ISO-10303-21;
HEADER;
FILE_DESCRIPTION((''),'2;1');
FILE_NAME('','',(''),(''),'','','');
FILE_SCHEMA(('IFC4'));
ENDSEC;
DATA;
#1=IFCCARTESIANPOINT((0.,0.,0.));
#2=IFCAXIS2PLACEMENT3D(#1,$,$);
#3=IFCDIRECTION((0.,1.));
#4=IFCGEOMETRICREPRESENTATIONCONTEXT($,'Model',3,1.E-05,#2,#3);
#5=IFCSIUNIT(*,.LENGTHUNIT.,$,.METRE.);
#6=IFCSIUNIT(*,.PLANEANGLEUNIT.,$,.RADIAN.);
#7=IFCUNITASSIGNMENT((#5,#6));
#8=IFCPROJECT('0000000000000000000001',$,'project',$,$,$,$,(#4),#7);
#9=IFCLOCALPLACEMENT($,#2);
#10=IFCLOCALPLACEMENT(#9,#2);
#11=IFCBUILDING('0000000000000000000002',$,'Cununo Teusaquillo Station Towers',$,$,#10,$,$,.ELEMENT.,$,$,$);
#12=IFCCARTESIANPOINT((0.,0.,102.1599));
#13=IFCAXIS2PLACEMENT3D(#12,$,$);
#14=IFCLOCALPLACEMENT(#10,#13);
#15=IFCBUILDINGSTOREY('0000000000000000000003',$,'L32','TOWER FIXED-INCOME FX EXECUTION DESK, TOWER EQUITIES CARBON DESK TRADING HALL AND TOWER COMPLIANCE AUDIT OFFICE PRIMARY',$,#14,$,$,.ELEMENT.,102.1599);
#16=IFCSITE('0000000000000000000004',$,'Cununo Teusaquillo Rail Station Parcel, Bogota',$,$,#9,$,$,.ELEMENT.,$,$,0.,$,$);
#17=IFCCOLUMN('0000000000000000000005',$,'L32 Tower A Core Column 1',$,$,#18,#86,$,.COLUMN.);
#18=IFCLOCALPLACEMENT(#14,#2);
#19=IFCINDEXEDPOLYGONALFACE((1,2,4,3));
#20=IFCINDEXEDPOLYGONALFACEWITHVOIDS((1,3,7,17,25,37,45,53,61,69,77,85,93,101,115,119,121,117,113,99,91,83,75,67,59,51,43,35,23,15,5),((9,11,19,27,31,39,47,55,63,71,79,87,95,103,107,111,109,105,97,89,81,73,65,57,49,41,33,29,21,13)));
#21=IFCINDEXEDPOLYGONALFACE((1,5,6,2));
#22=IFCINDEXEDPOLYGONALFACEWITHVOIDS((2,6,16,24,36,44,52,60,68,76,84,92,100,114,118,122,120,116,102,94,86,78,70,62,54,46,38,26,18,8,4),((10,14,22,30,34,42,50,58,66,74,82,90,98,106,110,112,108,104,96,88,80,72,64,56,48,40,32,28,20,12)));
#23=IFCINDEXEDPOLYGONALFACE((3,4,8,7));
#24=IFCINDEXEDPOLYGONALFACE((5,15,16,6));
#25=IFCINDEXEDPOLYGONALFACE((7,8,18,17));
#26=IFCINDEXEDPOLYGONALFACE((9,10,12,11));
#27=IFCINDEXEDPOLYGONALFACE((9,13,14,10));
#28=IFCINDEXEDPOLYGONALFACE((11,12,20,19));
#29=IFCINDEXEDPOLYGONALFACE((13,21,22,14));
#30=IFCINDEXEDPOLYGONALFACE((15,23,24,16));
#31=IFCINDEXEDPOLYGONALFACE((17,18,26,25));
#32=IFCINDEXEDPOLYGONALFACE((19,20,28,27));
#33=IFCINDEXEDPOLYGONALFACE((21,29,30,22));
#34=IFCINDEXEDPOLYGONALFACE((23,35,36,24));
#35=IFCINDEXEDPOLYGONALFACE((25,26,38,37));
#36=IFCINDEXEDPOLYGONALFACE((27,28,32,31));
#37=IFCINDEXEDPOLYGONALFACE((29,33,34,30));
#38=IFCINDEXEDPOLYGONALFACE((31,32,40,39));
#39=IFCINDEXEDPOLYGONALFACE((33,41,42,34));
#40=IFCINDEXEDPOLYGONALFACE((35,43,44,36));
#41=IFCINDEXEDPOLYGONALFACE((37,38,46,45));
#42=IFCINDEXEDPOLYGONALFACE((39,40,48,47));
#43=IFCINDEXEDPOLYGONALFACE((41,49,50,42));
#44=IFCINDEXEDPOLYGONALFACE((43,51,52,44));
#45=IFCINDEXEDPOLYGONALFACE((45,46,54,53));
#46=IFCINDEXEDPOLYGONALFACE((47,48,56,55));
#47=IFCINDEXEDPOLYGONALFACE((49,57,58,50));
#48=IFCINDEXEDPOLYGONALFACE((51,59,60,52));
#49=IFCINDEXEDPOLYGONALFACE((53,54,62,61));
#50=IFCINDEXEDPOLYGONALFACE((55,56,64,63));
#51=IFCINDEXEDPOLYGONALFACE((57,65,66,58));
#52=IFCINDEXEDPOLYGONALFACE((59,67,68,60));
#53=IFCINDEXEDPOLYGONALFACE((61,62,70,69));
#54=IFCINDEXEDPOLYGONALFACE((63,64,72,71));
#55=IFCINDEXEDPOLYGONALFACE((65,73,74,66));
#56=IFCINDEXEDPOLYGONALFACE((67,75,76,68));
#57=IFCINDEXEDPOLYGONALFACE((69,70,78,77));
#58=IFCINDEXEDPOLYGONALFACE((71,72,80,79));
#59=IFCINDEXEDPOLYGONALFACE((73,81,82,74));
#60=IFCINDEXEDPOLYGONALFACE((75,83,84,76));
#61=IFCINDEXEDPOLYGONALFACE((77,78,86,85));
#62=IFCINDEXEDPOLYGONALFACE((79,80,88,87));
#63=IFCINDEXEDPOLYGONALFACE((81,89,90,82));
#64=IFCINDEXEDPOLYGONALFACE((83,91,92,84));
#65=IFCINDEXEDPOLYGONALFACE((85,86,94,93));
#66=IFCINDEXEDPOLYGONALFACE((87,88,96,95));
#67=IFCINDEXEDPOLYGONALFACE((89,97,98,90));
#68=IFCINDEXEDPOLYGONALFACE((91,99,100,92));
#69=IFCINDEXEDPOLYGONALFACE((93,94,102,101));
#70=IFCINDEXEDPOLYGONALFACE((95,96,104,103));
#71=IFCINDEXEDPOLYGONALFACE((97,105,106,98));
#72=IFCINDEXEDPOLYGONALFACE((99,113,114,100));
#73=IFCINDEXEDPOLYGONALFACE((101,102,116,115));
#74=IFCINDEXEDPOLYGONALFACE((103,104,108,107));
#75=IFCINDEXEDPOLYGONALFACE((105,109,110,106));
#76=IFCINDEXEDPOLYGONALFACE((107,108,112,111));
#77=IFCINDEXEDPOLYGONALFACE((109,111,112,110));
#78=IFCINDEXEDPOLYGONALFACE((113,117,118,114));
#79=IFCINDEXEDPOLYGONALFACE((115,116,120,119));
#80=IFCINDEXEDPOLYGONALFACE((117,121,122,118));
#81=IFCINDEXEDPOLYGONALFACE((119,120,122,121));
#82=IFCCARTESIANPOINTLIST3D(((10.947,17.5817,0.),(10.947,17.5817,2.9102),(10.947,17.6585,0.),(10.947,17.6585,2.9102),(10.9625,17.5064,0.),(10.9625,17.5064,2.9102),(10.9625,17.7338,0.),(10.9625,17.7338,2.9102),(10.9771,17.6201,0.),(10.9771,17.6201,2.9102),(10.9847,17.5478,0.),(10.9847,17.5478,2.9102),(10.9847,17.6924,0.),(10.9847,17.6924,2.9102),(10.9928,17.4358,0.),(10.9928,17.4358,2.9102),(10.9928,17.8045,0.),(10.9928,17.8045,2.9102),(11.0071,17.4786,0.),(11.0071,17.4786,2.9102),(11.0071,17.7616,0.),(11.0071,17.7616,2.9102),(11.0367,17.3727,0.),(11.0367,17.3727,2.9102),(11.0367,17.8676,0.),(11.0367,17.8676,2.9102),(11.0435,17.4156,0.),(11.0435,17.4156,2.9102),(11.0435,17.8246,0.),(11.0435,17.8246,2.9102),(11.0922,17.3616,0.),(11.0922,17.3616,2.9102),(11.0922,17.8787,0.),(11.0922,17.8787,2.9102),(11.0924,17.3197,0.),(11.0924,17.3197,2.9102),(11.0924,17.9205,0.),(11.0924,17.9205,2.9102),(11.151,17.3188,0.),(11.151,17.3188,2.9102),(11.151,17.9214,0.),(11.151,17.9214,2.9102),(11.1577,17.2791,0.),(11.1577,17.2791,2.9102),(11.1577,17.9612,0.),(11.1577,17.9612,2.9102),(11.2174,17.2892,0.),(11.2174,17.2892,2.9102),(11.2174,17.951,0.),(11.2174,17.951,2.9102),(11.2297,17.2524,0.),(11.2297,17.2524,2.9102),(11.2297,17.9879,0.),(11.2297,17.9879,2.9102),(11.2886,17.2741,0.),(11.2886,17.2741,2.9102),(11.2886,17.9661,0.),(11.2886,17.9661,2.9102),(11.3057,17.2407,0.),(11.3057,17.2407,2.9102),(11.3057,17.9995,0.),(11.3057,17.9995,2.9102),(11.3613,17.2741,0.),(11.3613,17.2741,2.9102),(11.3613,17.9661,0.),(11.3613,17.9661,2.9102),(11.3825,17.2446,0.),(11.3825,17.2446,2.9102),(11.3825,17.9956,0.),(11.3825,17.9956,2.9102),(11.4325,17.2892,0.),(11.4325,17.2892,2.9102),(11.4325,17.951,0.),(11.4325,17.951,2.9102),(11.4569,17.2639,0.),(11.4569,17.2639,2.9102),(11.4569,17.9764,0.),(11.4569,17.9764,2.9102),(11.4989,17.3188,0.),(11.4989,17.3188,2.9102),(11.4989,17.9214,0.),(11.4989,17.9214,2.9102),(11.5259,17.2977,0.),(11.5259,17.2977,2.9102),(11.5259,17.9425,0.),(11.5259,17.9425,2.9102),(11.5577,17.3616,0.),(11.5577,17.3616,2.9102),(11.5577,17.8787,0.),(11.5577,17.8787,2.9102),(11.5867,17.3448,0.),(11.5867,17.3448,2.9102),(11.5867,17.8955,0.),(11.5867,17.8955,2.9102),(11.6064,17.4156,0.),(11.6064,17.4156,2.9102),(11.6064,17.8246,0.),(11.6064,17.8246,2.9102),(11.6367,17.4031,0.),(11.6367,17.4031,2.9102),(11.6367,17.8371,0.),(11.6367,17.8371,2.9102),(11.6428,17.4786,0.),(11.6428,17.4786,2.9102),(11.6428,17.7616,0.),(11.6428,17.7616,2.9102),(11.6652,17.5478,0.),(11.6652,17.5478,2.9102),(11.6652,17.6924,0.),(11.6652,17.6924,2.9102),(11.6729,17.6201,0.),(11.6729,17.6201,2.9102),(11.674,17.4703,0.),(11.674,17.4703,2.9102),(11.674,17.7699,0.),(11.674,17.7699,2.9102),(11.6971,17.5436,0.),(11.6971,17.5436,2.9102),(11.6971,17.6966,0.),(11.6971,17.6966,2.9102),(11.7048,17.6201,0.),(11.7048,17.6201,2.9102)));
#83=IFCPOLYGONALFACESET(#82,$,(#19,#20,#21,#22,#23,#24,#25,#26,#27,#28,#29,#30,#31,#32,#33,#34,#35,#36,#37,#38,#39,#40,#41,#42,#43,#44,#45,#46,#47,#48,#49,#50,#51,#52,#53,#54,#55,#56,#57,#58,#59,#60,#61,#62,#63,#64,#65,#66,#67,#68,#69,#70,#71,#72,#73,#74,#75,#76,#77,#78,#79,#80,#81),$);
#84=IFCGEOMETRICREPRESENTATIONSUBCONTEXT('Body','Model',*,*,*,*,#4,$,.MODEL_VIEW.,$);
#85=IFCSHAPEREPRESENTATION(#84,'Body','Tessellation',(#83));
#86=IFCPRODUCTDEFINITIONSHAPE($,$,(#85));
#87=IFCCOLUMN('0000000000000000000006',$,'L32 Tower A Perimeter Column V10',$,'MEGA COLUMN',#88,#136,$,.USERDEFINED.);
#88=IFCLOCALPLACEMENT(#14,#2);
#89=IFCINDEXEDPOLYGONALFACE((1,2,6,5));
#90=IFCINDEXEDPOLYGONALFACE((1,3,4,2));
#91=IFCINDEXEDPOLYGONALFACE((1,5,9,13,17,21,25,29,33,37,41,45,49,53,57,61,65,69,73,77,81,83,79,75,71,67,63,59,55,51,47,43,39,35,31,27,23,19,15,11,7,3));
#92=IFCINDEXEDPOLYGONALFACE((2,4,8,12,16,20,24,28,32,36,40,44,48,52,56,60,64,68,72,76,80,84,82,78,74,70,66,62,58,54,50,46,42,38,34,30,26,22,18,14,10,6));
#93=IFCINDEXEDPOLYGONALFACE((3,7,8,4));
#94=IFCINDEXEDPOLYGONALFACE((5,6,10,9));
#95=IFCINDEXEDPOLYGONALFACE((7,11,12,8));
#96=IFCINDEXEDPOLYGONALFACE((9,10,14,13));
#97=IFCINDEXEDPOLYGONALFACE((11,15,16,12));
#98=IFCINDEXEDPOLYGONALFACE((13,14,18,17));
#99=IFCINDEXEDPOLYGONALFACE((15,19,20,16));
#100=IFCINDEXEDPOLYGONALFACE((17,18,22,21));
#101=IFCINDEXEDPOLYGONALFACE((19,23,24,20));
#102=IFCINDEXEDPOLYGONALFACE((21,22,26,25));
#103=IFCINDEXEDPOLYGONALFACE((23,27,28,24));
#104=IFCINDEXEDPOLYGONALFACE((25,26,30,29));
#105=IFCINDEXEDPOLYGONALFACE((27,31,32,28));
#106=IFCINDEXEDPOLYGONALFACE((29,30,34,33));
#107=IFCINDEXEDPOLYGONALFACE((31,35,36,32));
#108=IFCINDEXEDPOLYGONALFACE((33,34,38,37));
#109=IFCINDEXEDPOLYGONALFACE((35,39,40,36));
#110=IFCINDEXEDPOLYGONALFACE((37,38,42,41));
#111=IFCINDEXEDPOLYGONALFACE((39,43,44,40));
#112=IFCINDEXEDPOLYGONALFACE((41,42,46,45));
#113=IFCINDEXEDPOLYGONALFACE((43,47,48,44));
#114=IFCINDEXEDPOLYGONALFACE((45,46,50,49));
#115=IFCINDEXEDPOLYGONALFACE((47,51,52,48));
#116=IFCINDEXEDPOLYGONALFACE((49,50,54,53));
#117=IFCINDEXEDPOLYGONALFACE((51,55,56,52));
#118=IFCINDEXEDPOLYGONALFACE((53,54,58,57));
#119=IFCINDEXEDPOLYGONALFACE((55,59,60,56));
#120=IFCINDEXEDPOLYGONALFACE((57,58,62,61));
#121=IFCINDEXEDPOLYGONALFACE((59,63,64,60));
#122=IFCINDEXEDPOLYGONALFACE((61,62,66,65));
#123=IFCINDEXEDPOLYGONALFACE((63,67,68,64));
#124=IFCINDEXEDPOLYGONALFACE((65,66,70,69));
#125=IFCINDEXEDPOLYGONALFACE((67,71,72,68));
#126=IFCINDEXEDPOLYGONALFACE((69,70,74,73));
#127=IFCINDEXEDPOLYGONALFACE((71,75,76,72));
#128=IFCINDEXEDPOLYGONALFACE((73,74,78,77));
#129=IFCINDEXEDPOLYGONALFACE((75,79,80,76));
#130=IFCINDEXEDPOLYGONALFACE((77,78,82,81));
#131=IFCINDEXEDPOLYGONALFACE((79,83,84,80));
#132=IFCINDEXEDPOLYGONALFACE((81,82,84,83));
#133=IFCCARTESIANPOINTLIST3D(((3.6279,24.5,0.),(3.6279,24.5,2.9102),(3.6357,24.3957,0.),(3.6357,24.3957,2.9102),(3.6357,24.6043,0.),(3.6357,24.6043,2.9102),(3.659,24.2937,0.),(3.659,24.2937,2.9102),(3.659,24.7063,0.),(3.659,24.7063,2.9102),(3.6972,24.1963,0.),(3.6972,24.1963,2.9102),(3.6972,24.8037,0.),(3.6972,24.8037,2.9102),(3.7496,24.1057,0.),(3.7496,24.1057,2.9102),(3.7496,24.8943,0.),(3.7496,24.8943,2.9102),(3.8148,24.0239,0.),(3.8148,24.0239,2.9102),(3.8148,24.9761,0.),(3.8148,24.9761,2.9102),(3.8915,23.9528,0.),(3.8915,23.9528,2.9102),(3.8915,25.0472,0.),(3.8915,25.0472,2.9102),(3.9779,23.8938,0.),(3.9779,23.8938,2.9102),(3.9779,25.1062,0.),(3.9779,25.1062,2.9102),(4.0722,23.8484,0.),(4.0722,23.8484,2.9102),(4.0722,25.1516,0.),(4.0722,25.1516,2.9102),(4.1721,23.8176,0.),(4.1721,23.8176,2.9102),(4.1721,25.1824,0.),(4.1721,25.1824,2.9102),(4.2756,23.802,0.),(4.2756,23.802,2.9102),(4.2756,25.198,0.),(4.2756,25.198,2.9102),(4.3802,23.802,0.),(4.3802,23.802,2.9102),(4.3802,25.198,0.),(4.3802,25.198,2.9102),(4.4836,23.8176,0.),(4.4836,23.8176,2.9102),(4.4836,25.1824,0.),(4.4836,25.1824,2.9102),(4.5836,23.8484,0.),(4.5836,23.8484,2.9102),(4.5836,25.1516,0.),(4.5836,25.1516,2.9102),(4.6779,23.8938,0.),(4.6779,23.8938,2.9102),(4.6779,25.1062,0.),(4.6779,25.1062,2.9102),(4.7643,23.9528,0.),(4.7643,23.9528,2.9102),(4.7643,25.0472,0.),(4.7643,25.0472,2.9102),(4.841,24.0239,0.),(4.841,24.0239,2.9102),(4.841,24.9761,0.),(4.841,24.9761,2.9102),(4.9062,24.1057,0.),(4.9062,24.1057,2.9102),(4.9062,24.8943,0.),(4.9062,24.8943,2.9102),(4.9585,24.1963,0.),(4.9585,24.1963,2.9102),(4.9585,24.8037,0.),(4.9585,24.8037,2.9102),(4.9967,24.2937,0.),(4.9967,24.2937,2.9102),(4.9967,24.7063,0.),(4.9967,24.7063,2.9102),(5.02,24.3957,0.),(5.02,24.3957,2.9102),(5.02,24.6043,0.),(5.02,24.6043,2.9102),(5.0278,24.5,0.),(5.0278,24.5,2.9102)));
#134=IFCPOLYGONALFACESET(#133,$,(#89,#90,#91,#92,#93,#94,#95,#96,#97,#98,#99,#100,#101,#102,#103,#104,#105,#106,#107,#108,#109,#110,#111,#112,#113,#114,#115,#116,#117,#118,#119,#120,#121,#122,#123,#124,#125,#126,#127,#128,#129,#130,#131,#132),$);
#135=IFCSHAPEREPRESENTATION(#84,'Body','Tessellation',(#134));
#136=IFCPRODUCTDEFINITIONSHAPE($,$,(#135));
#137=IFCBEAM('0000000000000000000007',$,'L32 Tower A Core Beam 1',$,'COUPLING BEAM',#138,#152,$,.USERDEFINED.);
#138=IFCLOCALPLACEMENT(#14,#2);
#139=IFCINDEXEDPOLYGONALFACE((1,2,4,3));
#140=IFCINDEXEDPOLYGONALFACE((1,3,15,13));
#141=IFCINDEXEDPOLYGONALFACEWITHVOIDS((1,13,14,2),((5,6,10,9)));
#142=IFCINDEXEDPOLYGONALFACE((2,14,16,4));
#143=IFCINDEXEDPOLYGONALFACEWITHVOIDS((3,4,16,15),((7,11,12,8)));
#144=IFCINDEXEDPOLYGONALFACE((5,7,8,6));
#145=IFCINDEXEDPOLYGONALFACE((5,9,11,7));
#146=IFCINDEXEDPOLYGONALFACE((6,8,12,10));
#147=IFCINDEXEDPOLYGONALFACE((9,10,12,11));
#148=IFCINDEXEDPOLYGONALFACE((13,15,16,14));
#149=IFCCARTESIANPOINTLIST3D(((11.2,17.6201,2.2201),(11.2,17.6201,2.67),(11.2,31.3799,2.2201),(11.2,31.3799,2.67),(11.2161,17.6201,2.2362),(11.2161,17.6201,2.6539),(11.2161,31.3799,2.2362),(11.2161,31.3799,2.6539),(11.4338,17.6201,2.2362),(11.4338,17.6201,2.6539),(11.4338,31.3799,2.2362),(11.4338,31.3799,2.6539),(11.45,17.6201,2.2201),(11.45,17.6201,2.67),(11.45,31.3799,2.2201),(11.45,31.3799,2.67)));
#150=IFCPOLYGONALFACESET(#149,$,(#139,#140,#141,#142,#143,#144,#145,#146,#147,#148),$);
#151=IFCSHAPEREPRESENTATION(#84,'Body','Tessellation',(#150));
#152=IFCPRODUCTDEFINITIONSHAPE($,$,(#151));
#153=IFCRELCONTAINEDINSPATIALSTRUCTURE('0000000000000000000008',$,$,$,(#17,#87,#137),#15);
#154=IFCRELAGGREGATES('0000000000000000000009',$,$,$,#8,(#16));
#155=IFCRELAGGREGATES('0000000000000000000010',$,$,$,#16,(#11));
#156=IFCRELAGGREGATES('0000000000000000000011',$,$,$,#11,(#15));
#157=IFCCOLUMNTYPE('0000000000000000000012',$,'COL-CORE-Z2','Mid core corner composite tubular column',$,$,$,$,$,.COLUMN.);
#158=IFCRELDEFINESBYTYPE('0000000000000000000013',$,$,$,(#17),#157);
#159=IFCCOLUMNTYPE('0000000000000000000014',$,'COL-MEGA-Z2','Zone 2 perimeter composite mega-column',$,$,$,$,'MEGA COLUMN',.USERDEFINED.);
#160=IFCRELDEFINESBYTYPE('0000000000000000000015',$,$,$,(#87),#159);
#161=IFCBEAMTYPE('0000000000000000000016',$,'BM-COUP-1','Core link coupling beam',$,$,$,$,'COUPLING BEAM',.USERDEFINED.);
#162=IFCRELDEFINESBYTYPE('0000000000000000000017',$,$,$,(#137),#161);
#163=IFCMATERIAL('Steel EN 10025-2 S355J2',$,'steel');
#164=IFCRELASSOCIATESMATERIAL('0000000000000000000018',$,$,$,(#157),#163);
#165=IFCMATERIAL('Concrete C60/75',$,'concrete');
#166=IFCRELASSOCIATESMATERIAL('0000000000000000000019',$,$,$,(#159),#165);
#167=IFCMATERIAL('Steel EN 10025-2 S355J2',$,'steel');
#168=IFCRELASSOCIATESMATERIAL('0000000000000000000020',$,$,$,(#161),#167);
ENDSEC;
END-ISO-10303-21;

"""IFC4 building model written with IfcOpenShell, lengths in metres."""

from ifc_helpers import new_model, si_unit, direction, frame, origin, origin_2d, place, context, subcontext, project, spatial, hollow_rectangle, circle, hollow_circle, extrude, material, material_profile, profile_set, type_object, element, save


model = new_model("IFC4")

# Units and contexts
model_context = context("Model", 3, precision=1e-05, world=origin(), true_north=direction((0.0, 1.0)))
body_context = subcontext(model_context, "Body", "Model", "MODEL_VIEW")
ifc_project = project(units=[si_unit("LENGTHUNIT", "METRE"), si_unit("PLANEANGLEUNIT", "RADIAN")], contexts=[model_context])

# Site, building, storey
site_placement = place(None, origin())
site = spatial("IfcSite", under=ifc_project, at=site_placement, Name="Cununo Teusaquillo Rail Station Parcel, Bogota", CompositionType="ELEMENT", RefElevation=0.0)
building_placement = place(site_placement, origin())
building = spatial("IfcBuilding", under=site, at=building_placement, Name="Cununo Teusaquillo Station Towers", CompositionType="ELEMENT")
storey_placement = place(building_placement, frame((0.0, 0.0, 102.1599)))
storey = spatial("IfcBuildingStorey", under=building, at=storey_placement, Name="L32", Description="TOWER FIXED-INCOME FX EXECUTION DESK, TOWER EQUITIES CARBON DESK TRADING HALL AND TOWER COMPLIANCE AUDIT OFFICE PRIMARY", CompositionType="ELEMENT", Elevation=102.1599)

# Columns
ifc_material_1 = material(Name="Steel EN 10025-2 S355J2", Category="steel")
ifc_material_profile_1 = material_profile(ifc_material_1, hollow_circle(Radius=0.3799, WallThickness=0.032, at=origin_2d()), Name="CHS 760x32")
ifc_profile_set_1 = profile_set([ifc_material_profile_1], Name="Steel EN 10025-2 S355J2")
column_type_1 = type_object("IfcColumnType", Name="COL-CORE-Z2", Description="Mid core corner composite tubular column", PredefinedType="COLUMN", material=ifc_profile_set_1)
column_1_placement = place(storey_placement, frame((11.325, 17.6201, 0.0), z_axis=(0.0, 0.0, 1.0), x_axis=(1.0, 0.0, 0.0)))
element("IfcColumn", 1, at=column_1_placement, inside=storey, type_object=column_type_1, Name="L32 Tower A Core Column 1", PredefinedType="COLUMN", context=body_context, shape_type="SweptSolid", body=[
    extrude(hollow_circle(Radius=0.3799, WallThickness=0.032, at=origin_2d()), origin(), (0.0, 0.0, 1.0), 2.9102),
])
ifc_material_2 = material(Name="Concrete C60/75", Category="concrete")
ifc_material_profile_2 = material_profile(ifc_material_2, circle(Radius=0.7, at=origin_2d()), Name="RC-CIRC-1400")
ifc_profile_set_2 = profile_set([ifc_material_profile_2], Name="Concrete C60/75")
column_type_2 = type_object("IfcColumnType", Name="COL-MEGA-Z2", Description="Zone 2 perimeter composite mega-column", ElementType="MEGA COLUMN", PredefinedType="USERDEFINED", material=ifc_profile_set_2)
column_2_placement = place(storey_placement, frame((4.3279, 24.5, 0.0), z_axis=(0.0, 0.0, 1.0), x_axis=(1.0, 0.0, 0.0)))
element("IfcColumn", 2, at=column_2_placement, inside=storey, type_object=column_type_2, Name="L32 Tower A Perimeter Column V10", ObjectType="MEGA COLUMN", PredefinedType="USERDEFINED", context=body_context, shape_type="SweptSolid", body=[
    extrude(circle(Radius=0.7, at=origin_2d()), origin(), (0.0, 0.0, 1.0), 2.9102),
])

# Beam
ifc_material_3 = material(Name="Steel EN 10025-2 S355J2", Category="steel")
ifc_material_profile_3 = material_profile(ifc_material_3, hollow_rectangle(XDim=0.25, YDim=0.45, WallThickness=0.0161, at=origin_2d()), Name="RHS 450x250x16")
ifc_profile_set_3 = profile_set([ifc_material_profile_3], Name="Steel EN 10025-2 S355J2")
beam_type_1 = type_object("IfcBeamType", Name="BM-COUP-1", Description="Core link coupling beam", ElementType="COUPLING BEAM", PredefinedType="USERDEFINED", material=ifc_profile_set_3)
beam_1_placement = place(storey_placement, frame((11.325, 17.6201, 2.4451), z_axis=(0.0, 1.0, 0.0), x_axis=(-1.0, 0.0, 0.0)))
element("IfcBeam", 3, at=beam_1_placement, inside=storey, type_object=beam_type_1, Name="L32 Tower A Core Beam 1", ObjectType="COUPLING BEAM", PredefinedType="USERDEFINED", context=body_context, shape_type="SweptSolid", body=[
    extrude(hollow_rectangle(XDim=0.25, YDim=0.45, WallThickness=0.0161, at=origin_2d()), origin(), (0.0, 0.0, 1.0), 13.7598),
])

save(model, "model.ifc")
